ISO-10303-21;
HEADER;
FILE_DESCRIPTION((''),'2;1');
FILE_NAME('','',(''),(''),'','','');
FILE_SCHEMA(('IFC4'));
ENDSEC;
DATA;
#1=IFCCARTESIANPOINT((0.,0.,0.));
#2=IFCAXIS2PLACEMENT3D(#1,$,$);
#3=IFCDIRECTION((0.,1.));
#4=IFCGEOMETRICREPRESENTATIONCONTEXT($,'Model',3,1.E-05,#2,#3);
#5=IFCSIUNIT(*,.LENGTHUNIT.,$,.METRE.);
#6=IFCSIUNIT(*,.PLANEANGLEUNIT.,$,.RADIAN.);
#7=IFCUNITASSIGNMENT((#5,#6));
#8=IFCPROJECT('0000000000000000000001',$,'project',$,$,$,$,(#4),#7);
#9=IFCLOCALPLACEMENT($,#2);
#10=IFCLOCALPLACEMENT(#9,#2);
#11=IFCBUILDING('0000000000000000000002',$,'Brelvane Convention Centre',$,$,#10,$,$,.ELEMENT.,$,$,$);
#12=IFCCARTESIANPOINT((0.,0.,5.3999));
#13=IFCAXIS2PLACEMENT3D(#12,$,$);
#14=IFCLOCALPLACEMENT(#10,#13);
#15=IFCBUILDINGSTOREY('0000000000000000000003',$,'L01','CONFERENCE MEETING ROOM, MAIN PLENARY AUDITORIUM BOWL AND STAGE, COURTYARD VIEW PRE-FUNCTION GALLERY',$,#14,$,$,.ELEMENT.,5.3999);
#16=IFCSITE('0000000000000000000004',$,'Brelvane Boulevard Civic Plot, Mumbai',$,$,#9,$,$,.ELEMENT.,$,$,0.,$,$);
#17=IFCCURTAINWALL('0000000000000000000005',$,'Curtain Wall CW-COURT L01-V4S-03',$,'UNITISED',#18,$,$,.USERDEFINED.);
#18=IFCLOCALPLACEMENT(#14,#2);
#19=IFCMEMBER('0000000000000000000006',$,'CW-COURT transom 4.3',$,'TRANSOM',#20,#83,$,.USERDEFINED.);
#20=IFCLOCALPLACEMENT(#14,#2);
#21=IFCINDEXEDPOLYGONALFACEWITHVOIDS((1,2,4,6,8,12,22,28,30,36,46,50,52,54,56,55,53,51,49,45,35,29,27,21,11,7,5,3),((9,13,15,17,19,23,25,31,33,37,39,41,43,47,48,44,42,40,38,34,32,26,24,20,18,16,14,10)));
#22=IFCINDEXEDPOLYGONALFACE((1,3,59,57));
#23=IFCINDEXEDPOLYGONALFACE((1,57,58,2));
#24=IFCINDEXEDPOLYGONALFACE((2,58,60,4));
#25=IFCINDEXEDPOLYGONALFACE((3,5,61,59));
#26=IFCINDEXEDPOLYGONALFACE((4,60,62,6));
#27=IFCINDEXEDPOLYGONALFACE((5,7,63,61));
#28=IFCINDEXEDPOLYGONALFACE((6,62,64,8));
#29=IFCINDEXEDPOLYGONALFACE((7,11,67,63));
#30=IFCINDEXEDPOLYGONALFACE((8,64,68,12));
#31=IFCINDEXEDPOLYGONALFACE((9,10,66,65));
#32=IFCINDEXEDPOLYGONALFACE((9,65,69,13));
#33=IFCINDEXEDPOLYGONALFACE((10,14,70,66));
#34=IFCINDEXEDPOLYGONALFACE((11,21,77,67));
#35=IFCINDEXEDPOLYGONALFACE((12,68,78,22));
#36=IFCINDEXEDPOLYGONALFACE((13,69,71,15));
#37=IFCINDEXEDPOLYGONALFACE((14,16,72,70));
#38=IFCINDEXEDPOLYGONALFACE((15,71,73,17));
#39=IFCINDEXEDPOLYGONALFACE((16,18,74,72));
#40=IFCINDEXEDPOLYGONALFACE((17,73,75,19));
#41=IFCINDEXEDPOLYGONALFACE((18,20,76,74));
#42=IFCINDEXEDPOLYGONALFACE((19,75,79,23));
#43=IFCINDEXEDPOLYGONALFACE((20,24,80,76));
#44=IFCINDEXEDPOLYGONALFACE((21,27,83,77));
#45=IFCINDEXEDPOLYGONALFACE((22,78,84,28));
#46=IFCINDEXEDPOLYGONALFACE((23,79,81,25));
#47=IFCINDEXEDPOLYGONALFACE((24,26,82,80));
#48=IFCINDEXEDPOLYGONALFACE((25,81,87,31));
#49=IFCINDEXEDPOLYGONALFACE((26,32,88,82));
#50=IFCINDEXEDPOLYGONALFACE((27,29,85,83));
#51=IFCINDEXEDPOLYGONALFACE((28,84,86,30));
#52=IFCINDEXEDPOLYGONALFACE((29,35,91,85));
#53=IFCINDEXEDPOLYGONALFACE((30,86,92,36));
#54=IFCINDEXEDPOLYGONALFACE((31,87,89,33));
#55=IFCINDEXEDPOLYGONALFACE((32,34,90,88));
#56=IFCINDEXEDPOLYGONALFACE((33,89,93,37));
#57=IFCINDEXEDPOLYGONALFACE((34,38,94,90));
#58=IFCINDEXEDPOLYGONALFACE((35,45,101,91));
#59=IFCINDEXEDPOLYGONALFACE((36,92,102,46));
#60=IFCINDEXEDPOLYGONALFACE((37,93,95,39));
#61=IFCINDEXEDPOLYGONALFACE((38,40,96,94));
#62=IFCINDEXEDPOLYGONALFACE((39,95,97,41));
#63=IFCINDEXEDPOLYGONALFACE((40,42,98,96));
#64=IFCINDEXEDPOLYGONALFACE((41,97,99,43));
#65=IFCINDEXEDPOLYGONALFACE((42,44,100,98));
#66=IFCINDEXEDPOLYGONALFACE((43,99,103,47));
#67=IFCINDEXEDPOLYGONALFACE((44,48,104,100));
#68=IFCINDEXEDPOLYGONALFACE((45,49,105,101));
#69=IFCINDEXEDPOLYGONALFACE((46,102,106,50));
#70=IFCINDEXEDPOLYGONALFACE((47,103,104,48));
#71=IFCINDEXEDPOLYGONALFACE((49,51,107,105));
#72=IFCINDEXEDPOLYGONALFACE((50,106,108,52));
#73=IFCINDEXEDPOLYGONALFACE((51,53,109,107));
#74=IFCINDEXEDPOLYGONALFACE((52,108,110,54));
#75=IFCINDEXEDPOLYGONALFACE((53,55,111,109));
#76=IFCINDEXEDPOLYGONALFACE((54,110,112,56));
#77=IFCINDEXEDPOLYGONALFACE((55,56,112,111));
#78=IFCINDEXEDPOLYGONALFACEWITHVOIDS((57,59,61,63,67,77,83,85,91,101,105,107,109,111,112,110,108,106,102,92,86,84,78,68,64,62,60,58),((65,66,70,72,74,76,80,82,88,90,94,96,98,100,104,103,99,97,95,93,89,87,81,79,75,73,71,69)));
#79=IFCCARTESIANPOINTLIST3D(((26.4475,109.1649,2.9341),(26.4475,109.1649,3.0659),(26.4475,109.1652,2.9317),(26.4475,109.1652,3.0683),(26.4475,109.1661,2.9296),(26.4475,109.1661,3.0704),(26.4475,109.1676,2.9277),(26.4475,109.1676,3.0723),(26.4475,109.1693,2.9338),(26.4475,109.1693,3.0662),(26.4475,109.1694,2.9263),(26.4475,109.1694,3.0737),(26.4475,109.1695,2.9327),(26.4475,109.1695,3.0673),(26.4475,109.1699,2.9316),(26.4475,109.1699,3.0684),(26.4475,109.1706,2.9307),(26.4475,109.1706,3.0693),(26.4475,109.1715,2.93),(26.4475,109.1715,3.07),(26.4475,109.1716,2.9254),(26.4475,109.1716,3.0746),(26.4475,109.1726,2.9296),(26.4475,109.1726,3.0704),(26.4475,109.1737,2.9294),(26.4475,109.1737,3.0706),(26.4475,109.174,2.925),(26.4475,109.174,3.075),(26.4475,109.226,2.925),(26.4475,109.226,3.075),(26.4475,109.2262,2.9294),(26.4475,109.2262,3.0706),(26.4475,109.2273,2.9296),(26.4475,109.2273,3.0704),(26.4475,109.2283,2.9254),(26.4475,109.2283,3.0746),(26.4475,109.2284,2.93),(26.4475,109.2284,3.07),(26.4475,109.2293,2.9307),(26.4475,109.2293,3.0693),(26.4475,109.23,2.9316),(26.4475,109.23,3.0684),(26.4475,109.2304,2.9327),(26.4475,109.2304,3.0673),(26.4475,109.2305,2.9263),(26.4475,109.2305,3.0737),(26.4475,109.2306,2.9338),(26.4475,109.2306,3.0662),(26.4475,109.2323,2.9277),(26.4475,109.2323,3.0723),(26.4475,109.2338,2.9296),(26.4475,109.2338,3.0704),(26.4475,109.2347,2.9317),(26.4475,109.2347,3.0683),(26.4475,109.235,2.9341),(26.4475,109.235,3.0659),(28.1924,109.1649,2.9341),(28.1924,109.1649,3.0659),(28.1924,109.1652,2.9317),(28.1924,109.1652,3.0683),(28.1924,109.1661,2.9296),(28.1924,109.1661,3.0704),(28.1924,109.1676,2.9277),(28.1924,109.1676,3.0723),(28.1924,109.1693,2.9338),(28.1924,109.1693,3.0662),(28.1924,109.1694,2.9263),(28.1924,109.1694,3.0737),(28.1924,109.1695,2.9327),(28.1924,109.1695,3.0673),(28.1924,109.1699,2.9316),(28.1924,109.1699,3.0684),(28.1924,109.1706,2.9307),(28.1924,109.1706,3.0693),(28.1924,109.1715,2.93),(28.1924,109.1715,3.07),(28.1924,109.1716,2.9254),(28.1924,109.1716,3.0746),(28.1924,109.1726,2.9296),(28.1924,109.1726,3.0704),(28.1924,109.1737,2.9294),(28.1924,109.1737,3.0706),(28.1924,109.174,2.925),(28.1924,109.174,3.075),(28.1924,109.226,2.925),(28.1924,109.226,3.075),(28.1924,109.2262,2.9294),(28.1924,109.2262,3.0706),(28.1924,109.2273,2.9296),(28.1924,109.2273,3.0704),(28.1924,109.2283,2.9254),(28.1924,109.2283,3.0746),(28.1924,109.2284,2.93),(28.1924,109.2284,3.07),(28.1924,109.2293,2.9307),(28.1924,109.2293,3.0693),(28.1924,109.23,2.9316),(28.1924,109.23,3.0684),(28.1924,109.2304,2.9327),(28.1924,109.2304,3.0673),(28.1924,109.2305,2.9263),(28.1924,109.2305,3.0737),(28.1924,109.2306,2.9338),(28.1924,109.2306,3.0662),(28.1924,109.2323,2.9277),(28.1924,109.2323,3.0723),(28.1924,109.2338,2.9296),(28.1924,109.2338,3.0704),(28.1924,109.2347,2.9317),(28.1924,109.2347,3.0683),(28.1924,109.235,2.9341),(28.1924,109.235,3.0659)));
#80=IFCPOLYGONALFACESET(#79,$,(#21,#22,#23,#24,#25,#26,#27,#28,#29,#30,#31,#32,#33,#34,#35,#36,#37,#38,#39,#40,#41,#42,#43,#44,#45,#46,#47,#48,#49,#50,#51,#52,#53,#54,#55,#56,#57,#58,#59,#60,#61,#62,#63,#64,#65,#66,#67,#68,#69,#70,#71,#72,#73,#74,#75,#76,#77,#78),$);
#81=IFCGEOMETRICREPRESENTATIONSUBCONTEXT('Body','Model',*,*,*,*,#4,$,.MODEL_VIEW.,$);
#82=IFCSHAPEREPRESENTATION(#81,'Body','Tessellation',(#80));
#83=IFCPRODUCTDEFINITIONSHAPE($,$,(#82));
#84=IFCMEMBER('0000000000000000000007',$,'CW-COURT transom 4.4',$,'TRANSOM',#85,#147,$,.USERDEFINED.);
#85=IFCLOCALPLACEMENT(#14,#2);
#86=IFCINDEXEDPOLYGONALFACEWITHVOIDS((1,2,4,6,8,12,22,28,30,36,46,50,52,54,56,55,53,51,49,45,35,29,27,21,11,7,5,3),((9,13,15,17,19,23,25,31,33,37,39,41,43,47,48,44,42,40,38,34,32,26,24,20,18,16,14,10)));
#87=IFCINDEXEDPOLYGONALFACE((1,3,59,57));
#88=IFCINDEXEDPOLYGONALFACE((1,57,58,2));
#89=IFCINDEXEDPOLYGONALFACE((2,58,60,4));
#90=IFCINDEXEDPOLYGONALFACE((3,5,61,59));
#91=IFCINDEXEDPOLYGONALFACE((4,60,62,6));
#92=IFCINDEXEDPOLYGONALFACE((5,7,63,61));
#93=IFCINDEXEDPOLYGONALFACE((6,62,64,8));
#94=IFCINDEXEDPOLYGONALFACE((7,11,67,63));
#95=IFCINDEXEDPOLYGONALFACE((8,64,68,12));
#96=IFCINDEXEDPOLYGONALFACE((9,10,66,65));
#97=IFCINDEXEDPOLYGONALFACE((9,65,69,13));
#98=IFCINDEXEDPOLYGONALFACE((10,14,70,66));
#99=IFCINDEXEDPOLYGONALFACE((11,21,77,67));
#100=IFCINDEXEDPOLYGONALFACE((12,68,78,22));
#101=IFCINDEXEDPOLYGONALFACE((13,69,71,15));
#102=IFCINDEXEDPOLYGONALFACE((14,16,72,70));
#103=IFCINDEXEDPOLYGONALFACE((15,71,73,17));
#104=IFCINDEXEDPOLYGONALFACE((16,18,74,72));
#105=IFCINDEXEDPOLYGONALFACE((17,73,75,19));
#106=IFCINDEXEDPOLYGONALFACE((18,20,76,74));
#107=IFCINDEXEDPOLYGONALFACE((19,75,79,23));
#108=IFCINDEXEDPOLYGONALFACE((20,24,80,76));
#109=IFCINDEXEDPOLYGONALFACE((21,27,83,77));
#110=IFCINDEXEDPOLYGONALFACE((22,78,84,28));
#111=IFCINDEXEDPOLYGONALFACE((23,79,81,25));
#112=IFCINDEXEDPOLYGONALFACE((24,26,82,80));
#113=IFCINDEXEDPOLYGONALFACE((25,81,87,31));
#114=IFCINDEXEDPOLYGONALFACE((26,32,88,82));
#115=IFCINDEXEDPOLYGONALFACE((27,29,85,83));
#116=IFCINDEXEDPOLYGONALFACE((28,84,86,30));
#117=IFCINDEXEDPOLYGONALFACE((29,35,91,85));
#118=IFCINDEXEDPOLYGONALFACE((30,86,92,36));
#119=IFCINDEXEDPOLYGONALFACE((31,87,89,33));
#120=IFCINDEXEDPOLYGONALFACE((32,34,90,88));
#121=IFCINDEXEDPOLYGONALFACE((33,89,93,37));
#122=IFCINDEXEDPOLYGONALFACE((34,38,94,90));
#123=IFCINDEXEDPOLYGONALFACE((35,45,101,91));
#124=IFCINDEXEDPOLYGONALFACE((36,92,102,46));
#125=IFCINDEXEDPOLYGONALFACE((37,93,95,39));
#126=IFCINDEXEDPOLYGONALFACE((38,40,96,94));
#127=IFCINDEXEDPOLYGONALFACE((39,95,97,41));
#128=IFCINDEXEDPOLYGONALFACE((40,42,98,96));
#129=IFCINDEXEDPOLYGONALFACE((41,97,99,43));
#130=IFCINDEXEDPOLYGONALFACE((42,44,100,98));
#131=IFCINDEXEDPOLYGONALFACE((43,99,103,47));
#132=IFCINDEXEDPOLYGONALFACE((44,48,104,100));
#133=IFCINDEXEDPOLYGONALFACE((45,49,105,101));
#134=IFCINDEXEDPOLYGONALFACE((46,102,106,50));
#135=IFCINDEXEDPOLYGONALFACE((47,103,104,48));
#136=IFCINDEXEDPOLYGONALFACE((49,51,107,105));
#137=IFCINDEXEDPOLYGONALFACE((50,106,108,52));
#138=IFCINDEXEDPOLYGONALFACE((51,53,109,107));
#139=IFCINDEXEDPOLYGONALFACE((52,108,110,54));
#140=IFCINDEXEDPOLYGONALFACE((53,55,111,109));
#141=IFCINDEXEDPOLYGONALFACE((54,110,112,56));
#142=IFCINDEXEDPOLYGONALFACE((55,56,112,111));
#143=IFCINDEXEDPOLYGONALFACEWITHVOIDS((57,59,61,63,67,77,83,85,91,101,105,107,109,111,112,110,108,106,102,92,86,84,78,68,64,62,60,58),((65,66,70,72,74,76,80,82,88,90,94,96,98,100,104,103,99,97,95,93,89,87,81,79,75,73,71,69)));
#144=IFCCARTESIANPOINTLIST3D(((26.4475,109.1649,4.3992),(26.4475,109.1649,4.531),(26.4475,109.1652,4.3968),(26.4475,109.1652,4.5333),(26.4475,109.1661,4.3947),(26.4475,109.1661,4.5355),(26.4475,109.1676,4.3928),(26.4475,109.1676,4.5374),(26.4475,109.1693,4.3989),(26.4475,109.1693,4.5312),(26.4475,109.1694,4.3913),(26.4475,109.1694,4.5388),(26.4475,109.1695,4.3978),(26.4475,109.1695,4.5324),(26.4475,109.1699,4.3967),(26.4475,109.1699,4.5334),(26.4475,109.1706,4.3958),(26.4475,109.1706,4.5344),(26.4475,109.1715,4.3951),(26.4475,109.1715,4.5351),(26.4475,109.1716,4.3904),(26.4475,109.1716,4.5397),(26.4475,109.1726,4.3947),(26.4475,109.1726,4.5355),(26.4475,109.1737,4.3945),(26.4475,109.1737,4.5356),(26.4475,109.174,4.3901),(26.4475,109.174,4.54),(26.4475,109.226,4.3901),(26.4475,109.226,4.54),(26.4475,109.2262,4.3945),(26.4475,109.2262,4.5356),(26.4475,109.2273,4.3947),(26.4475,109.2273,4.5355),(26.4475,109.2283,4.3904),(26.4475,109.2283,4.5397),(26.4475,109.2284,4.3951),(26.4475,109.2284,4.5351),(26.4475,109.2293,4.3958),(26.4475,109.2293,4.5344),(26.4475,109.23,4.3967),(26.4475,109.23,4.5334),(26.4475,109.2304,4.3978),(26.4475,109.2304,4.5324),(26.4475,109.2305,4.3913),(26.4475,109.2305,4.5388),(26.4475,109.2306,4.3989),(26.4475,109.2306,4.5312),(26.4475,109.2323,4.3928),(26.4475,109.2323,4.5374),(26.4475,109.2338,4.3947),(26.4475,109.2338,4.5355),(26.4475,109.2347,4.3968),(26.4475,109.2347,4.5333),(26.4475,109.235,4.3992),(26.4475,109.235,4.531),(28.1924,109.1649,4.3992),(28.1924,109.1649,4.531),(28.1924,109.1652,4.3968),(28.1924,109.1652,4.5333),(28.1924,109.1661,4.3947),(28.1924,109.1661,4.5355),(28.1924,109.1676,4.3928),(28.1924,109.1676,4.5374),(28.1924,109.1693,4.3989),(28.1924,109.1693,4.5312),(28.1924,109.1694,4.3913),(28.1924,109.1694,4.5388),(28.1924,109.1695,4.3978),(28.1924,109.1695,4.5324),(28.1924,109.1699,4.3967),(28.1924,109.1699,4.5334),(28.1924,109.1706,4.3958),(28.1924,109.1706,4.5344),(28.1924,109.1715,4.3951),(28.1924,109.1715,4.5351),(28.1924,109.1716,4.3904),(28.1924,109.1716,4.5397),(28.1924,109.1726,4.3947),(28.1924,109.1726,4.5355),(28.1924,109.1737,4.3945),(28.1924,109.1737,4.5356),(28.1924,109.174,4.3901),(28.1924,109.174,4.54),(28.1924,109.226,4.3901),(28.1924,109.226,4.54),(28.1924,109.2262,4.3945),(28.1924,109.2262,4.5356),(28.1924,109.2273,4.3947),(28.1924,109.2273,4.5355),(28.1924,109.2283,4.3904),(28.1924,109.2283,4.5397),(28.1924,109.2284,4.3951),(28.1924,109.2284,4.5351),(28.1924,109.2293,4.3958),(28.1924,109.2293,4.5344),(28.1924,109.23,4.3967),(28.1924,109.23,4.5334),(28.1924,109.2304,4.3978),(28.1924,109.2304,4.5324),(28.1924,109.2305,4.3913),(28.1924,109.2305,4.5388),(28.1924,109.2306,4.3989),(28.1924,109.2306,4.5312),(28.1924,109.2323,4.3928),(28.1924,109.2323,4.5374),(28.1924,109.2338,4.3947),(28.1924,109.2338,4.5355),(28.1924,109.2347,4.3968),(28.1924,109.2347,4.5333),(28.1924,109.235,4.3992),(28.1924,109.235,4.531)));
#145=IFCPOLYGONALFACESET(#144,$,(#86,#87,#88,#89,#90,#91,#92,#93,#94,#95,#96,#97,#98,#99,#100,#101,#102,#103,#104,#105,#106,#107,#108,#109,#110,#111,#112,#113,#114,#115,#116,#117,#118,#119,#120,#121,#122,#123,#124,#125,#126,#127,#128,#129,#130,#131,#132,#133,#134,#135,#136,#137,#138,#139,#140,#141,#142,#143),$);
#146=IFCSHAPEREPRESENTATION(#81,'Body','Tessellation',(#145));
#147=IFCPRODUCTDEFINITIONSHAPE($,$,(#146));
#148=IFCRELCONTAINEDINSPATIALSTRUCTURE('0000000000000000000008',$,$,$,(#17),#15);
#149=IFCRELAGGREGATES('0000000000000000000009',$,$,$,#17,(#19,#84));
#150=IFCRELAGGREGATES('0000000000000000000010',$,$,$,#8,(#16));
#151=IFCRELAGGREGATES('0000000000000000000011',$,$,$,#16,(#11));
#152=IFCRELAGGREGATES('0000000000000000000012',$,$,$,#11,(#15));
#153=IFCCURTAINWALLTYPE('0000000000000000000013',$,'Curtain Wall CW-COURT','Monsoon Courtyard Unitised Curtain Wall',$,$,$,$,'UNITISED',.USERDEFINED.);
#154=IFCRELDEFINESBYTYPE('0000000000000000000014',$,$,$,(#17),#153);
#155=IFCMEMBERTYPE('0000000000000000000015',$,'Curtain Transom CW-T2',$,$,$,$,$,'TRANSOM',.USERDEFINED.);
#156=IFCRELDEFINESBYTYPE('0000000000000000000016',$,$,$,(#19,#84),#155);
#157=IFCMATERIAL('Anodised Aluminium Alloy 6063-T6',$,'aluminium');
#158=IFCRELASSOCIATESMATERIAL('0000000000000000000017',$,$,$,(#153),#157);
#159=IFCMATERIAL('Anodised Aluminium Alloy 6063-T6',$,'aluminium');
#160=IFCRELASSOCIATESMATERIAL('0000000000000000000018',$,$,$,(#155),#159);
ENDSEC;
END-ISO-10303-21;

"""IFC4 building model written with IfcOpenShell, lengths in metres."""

from ifc_helpers import new_model, si_unit, direction, frame, origin, origin_2d, place, context, subcontext, project, spatial, hollow_rectangle, extrude, material, material_profile, profile_set, type_object, element, aggregate, save


model = new_model("IFC4")

# Units and contexts
model_context = context("Model", 3, precision=1e-05, world=origin(), true_north=direction((0.0, 1.0)))
body_context = subcontext(model_context, "Body", "Model", "MODEL_VIEW")
ifc_project = project(units=[si_unit("LENGTHUNIT", "METRE"), si_unit("PLANEANGLEUNIT", "RADIAN")], contexts=[model_context])

# Site, building, storey
site_placement = place(None, origin())
site = spatial("IfcSite", under=ifc_project, at=site_placement, Name="Brelvane Boulevard Civic Plot, Mumbai", CompositionType="ELEMENT", RefElevation=0.0)
building_placement = place(site_placement, origin())
building = spatial("IfcBuilding", under=site, at=building_placement, Name="Brelvane Convention Centre", CompositionType="ELEMENT")
storey_placement = place(building_placement, frame((0.0, 0.0, 5.3999)))
storey = spatial("IfcBuildingStorey", under=building, at=storey_placement, Name="L01", Description="CONFERENCE MEETING ROOM, MAIN PLENARY AUDITORIUM BOWL AND STAGE, COURTYARD VIEW PRE-FUNCTION GALLERY", CompositionType="ELEMENT", Elevation=5.3999)

# Curtain wall, members
ifc_material_1 = material(Name="Anodised Aluminium Alloy 6063-T6", Category="aluminium")
curtain_wall_type = type_object("IfcCurtainWallType", Name="Curtain Wall CW-COURT", Description="Monsoon Courtyard Unitised Curtain Wall", ElementType="UNITISED", PredefinedType="USERDEFINED", material=ifc_material_1)
curtain_wall_placement = place(storey_placement, origin())
curtain_wall = element("IfcCurtainWall", 1, at=curtain_wall_placement, inside=storey, type_object=curtain_wall_type, Name="Curtain Wall CW-COURT L01-V4S-03", ObjectType="UNITISED", PredefinedType="USERDEFINED")
ifc_material_2 = material(Name="Anodised Aluminium Alloy 6063-T6", Category="aluminium")
ifc_material_profile_1 = material_profile(ifc_material_2, hollow_rectangle(XDim=0.0701, YDim=0.1499, WallThickness=0.0044, InnerFilletRadius=0.0044, OuterFilletRadius=0.009, at=origin_2d()), Name="ALU-T 150x70x4.5")
ifc_profile_set_1 = profile_set([ifc_material_profile_1], Name="Anodised Aluminium Alloy 6063-T6")
member_type_1 = type_object("IfcMemberType", Name="Curtain Transom CW-T2", ElementType="TRANSOM", PredefinedType="USERDEFINED", material=ifc_profile_set_1)
member_1_placement = place(storey_placement, frame((26.4475, 109.2, 3.0), z_axis=(1.0, 0.0, 0.0), x_axis=(0.0, 1.0, 0.0)))
member_1 = element("IfcMember", 2, at=member_1_placement, type_object=member_type_1, Name="CW-COURT transom 4.3", ObjectType="TRANSOM", PredefinedType="USERDEFINED", context=body_context, shape_type="SweptSolid", body=[
    extrude(hollow_rectangle(XDim=0.0701, YDim=0.1499, WallThickness=0.0044, InnerFilletRadius=0.0044, OuterFilletRadius=0.009, at=origin_2d()), origin(), (0.0, 0.0, 1.0), 1.7449),
])
member_2_placement = place(storey_placement, frame((26.4475, 109.2, 4.4651), z_axis=(1.0, 0.0, 0.0), x_axis=(0.0, 1.0, 0.0)))
member_2 = element("IfcMember", 3, at=member_2_placement, type_object=member_type_1, Name="CW-COURT transom 4.4", ObjectType="TRANSOM", PredefinedType="USERDEFINED", context=body_context, shape_type="SweptSolid", body=[
    extrude(hollow_rectangle(XDim=0.0701, YDim=0.1499, WallThickness=0.0044, InnerFilletRadius=0.0044, OuterFilletRadius=0.009, at=origin_2d()), origin(), (0.0, 0.0, 1.0), 1.7449),
])

aggregate(curtain_wall, [member_1, member_2])

save(model, "model.ifc")
